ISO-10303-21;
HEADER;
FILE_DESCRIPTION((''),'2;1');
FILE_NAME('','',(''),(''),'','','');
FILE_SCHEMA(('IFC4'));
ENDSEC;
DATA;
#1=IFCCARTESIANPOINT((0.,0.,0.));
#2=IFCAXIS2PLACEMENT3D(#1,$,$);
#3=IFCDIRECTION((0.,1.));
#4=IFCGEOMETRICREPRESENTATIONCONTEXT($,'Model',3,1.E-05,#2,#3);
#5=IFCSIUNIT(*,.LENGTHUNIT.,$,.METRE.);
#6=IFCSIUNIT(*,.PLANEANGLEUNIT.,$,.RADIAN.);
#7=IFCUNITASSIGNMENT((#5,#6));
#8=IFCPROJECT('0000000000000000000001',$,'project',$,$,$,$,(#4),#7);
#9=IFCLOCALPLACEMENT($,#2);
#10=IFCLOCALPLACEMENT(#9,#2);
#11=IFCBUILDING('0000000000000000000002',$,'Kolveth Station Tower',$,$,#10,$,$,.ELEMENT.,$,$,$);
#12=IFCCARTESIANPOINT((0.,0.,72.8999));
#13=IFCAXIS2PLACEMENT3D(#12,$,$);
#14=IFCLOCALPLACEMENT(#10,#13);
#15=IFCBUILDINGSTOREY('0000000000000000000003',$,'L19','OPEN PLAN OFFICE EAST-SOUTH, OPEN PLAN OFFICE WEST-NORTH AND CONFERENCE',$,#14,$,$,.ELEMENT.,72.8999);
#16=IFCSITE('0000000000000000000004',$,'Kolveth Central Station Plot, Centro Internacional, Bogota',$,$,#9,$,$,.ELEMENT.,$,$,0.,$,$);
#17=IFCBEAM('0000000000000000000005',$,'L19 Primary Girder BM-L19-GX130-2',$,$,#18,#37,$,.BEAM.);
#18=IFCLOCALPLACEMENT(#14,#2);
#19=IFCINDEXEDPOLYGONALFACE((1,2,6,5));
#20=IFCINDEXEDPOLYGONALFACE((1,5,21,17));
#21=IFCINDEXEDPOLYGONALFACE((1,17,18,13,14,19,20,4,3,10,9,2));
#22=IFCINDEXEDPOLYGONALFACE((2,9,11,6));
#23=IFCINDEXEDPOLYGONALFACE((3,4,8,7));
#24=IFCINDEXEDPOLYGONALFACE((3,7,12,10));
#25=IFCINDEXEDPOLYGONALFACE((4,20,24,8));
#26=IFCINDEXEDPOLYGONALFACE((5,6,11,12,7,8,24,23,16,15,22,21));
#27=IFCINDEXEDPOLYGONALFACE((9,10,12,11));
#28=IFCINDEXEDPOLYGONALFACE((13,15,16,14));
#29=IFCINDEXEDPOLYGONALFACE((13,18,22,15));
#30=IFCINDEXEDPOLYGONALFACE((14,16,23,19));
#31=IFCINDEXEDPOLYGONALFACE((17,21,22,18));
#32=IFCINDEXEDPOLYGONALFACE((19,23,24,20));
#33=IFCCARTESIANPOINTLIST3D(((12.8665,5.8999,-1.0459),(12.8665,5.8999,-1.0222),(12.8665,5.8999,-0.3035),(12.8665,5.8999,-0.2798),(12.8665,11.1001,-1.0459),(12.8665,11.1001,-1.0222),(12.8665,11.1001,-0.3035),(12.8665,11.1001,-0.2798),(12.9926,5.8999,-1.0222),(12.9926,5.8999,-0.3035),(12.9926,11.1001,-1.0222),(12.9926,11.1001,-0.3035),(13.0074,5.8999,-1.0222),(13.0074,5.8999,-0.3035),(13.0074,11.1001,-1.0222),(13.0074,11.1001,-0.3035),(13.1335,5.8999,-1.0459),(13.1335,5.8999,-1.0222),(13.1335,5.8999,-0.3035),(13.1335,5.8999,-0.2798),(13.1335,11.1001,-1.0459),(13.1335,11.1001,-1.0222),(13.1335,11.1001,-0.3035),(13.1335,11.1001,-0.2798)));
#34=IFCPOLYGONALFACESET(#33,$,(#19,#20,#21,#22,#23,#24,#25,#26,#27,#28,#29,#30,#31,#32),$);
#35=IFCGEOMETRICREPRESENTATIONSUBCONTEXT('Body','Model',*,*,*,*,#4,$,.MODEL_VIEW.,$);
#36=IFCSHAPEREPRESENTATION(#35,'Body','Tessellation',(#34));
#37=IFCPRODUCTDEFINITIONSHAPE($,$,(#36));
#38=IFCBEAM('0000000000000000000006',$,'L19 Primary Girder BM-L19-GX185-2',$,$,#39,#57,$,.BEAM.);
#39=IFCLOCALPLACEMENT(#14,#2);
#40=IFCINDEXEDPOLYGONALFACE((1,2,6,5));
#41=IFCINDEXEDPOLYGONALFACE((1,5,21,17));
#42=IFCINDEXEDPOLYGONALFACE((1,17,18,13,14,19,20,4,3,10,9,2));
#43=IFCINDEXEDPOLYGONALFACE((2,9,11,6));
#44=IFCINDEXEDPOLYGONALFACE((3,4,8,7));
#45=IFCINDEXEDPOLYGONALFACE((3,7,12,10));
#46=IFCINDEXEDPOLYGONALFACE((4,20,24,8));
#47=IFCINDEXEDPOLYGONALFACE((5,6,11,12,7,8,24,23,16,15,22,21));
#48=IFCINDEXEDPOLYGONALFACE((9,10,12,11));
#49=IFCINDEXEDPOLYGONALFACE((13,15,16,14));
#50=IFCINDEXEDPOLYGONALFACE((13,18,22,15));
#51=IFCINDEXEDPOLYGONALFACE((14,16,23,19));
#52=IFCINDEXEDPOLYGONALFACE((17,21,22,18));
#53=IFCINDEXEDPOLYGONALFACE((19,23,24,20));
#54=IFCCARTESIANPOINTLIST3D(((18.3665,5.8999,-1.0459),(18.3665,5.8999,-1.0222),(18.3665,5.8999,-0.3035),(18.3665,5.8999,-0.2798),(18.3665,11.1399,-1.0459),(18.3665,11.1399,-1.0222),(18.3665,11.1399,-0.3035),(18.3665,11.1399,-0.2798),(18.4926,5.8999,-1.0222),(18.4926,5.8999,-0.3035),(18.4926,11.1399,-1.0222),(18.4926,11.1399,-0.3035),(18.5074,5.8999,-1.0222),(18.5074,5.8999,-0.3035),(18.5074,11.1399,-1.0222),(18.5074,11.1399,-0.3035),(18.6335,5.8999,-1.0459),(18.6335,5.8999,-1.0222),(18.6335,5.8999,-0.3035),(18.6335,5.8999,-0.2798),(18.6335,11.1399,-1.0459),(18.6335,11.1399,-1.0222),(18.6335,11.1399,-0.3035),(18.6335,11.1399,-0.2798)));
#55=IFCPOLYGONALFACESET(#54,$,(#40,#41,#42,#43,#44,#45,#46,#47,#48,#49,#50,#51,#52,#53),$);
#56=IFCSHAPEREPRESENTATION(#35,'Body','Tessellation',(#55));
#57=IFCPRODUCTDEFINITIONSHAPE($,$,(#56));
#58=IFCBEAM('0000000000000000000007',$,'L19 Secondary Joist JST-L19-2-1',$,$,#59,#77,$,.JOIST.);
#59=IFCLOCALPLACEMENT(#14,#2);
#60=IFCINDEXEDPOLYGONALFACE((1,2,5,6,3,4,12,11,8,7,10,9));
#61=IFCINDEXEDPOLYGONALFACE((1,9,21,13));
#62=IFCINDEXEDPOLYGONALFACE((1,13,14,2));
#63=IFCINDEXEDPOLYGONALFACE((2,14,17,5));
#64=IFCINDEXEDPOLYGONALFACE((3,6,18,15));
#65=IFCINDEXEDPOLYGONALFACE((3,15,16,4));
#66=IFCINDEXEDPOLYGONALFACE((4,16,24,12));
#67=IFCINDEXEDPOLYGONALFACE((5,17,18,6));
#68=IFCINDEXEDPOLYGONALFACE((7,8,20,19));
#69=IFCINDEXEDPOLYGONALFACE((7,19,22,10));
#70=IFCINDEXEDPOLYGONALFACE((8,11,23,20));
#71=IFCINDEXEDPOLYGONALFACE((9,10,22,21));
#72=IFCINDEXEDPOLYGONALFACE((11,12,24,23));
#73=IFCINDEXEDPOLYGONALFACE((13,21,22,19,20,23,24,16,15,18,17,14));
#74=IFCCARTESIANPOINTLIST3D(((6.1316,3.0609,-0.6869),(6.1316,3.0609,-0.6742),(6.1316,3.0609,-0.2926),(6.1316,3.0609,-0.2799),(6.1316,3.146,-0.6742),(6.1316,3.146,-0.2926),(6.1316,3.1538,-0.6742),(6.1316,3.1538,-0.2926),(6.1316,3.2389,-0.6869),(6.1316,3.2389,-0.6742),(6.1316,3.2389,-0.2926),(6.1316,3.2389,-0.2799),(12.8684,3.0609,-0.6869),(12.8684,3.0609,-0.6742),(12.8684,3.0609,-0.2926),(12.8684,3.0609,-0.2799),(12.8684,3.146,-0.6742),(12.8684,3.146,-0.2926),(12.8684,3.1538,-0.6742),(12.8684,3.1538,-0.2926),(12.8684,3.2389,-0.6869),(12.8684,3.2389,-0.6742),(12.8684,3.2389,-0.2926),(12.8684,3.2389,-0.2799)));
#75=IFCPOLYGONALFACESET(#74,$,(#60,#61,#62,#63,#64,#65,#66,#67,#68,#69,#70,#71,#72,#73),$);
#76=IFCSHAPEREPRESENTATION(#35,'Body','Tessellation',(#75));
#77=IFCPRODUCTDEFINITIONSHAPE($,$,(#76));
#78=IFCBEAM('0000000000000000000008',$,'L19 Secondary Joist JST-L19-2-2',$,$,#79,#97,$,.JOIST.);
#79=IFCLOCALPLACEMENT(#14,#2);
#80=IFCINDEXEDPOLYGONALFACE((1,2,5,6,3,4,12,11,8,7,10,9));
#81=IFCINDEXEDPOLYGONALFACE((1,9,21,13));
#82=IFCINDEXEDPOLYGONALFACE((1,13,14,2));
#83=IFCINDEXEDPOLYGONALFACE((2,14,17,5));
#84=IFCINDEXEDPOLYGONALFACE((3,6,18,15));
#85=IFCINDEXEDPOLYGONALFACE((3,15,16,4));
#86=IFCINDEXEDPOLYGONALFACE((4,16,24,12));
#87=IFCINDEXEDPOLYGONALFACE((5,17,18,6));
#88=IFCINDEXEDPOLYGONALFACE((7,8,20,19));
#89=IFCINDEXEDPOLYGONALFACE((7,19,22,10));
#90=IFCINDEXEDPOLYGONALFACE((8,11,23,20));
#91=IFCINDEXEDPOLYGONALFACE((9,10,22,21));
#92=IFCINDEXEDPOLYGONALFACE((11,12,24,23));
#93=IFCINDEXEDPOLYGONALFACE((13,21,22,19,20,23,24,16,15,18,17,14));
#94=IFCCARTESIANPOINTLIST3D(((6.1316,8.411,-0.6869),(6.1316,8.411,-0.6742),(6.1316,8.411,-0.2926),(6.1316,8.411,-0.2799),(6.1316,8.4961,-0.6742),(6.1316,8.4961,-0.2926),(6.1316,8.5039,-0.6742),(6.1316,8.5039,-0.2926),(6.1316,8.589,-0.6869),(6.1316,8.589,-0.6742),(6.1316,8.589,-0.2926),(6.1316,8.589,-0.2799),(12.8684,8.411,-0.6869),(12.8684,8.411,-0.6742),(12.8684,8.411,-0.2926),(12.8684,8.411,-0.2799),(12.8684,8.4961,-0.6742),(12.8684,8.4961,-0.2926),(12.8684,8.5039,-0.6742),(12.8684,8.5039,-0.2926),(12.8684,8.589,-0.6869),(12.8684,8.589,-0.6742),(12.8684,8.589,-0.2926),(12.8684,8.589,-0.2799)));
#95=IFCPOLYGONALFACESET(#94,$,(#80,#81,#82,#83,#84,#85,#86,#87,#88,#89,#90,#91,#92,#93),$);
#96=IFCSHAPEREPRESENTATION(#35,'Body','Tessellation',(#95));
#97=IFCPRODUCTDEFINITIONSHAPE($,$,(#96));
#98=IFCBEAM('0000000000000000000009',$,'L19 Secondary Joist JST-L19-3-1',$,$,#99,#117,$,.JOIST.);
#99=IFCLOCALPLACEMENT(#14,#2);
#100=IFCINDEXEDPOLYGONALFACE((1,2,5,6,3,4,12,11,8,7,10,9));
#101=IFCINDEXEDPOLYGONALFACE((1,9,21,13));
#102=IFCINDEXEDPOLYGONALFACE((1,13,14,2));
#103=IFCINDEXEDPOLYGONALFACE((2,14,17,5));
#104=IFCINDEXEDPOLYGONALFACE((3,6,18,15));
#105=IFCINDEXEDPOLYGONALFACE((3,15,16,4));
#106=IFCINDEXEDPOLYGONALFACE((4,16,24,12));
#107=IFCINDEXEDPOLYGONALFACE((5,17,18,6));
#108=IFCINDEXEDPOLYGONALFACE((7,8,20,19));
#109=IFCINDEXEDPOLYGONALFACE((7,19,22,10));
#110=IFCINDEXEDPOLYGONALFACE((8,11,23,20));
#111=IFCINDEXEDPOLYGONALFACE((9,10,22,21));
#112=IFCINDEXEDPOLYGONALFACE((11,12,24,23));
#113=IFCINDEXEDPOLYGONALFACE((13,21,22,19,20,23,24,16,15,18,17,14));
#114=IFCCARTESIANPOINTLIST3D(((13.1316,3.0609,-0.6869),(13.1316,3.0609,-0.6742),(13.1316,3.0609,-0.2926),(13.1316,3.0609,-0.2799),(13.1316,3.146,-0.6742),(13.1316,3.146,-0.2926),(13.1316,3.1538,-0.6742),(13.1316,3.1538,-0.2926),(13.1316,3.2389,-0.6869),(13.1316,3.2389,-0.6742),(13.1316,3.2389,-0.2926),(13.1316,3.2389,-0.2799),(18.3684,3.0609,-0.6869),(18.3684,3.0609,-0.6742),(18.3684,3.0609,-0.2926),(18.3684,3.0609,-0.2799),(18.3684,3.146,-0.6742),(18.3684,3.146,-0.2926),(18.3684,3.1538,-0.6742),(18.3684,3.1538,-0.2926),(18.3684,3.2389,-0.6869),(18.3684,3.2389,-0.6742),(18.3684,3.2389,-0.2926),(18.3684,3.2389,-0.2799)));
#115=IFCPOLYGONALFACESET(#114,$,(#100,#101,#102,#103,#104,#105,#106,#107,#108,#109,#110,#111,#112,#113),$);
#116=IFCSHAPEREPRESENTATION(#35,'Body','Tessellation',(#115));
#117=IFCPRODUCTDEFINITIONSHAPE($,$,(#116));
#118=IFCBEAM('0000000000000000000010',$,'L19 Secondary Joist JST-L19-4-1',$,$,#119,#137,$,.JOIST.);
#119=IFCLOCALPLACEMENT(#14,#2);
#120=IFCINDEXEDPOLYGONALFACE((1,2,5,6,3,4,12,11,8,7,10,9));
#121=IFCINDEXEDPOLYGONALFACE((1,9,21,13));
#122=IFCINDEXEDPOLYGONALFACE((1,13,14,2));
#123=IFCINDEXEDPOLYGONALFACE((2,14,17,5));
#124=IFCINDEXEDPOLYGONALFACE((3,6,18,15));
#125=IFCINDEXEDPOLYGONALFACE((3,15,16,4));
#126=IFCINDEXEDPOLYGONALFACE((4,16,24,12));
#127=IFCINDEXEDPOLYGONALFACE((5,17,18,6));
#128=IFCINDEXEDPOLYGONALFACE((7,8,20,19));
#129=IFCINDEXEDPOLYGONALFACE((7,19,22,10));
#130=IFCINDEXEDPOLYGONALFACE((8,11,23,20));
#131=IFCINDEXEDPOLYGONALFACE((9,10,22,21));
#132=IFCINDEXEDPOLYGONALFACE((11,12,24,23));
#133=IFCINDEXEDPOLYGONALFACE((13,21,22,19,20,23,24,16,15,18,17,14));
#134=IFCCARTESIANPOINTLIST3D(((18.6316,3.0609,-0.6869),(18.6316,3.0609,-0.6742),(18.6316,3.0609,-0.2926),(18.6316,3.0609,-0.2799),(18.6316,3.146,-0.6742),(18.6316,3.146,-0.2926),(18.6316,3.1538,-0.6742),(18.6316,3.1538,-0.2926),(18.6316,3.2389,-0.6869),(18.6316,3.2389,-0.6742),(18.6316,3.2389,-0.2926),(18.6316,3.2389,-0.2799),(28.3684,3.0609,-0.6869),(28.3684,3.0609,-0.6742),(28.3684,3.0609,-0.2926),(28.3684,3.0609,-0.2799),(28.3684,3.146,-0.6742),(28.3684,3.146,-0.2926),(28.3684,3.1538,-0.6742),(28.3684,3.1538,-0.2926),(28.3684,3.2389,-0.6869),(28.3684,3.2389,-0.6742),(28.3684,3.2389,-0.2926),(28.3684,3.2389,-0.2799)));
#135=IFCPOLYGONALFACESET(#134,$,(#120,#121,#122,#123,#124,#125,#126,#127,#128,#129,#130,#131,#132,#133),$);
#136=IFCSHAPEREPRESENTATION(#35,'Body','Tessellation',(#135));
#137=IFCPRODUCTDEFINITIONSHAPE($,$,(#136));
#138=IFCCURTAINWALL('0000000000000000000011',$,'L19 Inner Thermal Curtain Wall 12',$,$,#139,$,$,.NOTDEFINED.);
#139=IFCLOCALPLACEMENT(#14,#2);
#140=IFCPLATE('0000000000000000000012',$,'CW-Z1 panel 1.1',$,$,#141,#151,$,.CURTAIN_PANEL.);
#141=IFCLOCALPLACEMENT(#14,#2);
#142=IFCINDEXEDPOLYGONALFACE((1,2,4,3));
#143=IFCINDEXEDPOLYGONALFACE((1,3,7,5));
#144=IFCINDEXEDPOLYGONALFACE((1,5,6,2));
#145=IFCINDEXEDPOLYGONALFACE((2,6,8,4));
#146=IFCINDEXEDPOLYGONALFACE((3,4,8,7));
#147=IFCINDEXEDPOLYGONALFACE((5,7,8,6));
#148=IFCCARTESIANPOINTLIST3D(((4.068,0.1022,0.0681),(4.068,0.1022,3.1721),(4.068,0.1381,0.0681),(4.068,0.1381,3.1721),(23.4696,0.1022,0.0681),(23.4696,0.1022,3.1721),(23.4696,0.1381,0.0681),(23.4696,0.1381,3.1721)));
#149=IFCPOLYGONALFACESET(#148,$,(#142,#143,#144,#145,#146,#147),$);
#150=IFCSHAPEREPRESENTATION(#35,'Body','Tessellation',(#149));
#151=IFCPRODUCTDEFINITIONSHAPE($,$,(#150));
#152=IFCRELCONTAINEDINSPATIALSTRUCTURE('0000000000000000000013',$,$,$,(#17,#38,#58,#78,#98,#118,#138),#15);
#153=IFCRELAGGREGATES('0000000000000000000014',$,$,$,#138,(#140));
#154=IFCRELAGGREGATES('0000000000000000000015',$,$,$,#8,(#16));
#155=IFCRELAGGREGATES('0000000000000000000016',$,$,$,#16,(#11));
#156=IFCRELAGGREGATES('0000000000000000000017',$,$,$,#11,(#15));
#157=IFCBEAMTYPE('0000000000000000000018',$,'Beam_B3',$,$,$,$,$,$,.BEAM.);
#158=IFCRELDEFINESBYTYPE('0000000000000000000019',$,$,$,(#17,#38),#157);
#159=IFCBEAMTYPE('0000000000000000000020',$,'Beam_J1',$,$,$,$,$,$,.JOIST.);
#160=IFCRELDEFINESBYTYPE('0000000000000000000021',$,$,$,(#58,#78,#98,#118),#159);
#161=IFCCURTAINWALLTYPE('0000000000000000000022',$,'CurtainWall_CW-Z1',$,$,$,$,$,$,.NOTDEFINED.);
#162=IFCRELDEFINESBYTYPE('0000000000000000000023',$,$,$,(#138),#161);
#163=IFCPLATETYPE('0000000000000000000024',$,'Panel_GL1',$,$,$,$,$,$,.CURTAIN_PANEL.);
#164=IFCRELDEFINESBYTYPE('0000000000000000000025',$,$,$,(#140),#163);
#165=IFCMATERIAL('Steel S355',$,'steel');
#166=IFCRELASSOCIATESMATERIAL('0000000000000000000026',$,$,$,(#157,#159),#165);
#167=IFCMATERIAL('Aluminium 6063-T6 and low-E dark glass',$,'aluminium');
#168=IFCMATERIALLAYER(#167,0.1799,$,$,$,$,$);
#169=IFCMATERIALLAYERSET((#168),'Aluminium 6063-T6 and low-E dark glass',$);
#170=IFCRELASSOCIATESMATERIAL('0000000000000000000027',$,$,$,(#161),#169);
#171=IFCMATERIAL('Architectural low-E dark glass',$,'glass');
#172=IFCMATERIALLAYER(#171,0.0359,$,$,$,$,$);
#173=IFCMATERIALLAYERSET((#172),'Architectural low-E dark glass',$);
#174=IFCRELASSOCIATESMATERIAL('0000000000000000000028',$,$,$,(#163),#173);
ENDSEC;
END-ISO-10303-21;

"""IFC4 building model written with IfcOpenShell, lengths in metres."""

from ifc_helpers import new_model, si_unit, direction, frame, origin, origin_2d, place, context, subcontext, project, spatial, rectangle, i_section, extrude, source, transform, mapped, material, layer, layer_set, material_profile, profile_set, type_object, element, aggregate, save


model = new_model("IFC4")

# Units and contexts
model_context = context("Model", 3, precision=1e-05, world=origin(), true_north=direction((0.0, 1.0)))
body_context = subcontext(model_context, "Body", "Model", "MODEL_VIEW")
ifc_project = project(units=[si_unit("LENGTHUNIT", "METRE"), si_unit("PLANEANGLEUNIT", "RADIAN")], contexts=[model_context])

# Site, building, storey
site_placement = place(None, origin())
site = spatial("IfcSite", under=ifc_project, at=site_placement, Name="Kolveth Central Station Plot, Centro Internacional, Bogota", CompositionType="ELEMENT", RefElevation=0.0)
building_placement = place(site_placement, origin())
building = spatial("IfcBuilding", under=site, at=building_placement, Name="Kolveth Station Tower", CompositionType="ELEMENT")
storey_placement = place(building_placement, frame((0.0, 0.0, 72.8999)))
storey = spatial("IfcBuildingStorey", under=building, at=storey_placement, Name="L19", Description="OPEN PLAN OFFICE EAST-SOUTH, OPEN PLAN OFFICE WEST-NORTH AND CONFERENCE", CompositionType="ELEMENT", Elevation=72.8999)

# Shared definitions
ifc_material_1 = material(Name="Steel S355", Category="steel")

# Beams
ifc_material_profile_1 = material_profile(ifc_material_1, i_section(OverallWidth=0.2671, OverallDepth=0.7661, WebThickness=0.0149, FlangeThickness=0.0237, at=origin_2d()), Name="W760x185")
ifc_profile_set_1 = profile_set([ifc_material_profile_1], Name="Steel S355")
beam_type_1 = type_object("IfcBeamType", Name="Beam_B3", PredefinedType="BEAM", material=ifc_profile_set_1)
shared_shape_1 = source(origin(), body_context, "Body", "SweptSolid", [
    extrude(i_section(OverallWidth=0.2671, OverallDepth=0.7661, WebThickness=0.0149, FlangeThickness=0.0237, at=origin_2d()), origin(), (0.0, 0.0, 1.0), 5.2002),
])
for number, where, z_axis, x_axis, name in (
    (1, (13.0, 5.8999, -0.6628), (0.0, 1.0, 0.0), (-1.0, 0.0, 0.0), "L19 Primary Girder BM-L19-GX130-2"),
):
    element("IfcBeam", number, at=place(storey_placement, frame(where, z_axis=z_axis, x_axis=x_axis)), inside=storey, type_object=beam_type_1, Name=name, PredefinedType="BEAM", context=body_context, shape_type="MappedRepresentation", body=[
        mapped(shared_shape_1, transform((0.0, 0.0, 0.0), x_axis=(1.0, 0.0, 0.0), y_axis=(0.0, 1.0, 0.0), z_axis=(0.0, 0.0, 1.0), scale=1.0)),
    ])
shared_shape_2 = source(origin(), body_context, "Body", "SweptSolid", [
    extrude(i_section(OverallWidth=0.2671, OverallDepth=0.7661, WebThickness=0.0149, FlangeThickness=0.0237, at=origin_2d()), origin(), (0.0, 0.0, 1.0), 5.24),
])
beam_1_placement = place(storey_placement, frame((18.5, 5.8999, -0.6628), z_axis=(0.0, 1.0, 0.0), x_axis=(-1.0, 0.0, 0.0)))
element("IfcBeam", 2, at=beam_1_placement, inside=storey, type_object=beam_type_1, Name="L19 Primary Girder BM-L19-GX185-2", PredefinedType="BEAM", context=body_context, shape_type="MappedRepresentation", body=[
    mapped(shared_shape_2, transform((0.0, 0.0, 0.0), x_axis=(1.0, 0.0, 0.0), y_axis=(0.0, 1.0, 0.0), z_axis=(0.0, 0.0, 1.0), scale=1.0)),
])
ifc_material_profile_2 = material_profile(ifc_material_1, i_section(OverallWidth=0.178, OverallDepth=0.407, WebThickness=0.0078, FlangeThickness=0.0127, at=origin_2d()), Name="W410x60")
ifc_profile_set_2 = profile_set([ifc_material_profile_2], Name="Steel S355")
beam_type_2 = type_object("IfcBeamType", Name="Beam_J1", PredefinedType="JOIST", material=ifc_profile_set_2)
shared_shape_3 = source(origin(), body_context, "Body", "SweptSolid", [
    extrude(i_section(OverallWidth=0.178, OverallDepth=0.407, WebThickness=0.0078, FlangeThickness=0.0127, at=origin_2d()), origin(), (0.0, 0.0, 1.0), 6.7368),
])
for number, where, z_axis, x_axis, name in (
    (3, (6.1316, 3.1499, -0.4834), (1.0, 0.0, 0.0), (0.0, 1.0, 0.0), "L19 Secondary Joist JST-L19-2-1"),
    (4, (6.1316, 8.5, -0.4834), (1.0, 0.0, 0.0), (0.0, 1.0, 0.0), "L19 Secondary Joist JST-L19-2-2"),
):
    element("IfcBeam", number, at=place(storey_placement, frame(where, z_axis=z_axis, x_axis=x_axis)), inside=storey, type_object=beam_type_2, Name=name, PredefinedType="JOIST", context=body_context, shape_type="MappedRepresentation", body=[
        mapped(shared_shape_3, transform((0.0, 0.0, 0.0), x_axis=(1.0, 0.0, 0.0), y_axis=(0.0, 1.0, 0.0), z_axis=(0.0, 0.0, 1.0), scale=1.0)),
    ])
shared_shape_4 = source(origin(), body_context, "Body", "SweptSolid", [
    extrude(i_section(OverallWidth=0.178, OverallDepth=0.407, WebThickness=0.0078, FlangeThickness=0.0127, at=origin_2d()), origin(), (0.0, 0.0, 1.0), 5.2368),
])
beam_2_placement = place(storey_placement, frame((13.1316, 3.1499, -0.4834), z_axis=(1.0, 0.0, 0.0), x_axis=(0.0, 1.0, 0.0)))
element("IfcBeam", 5, at=beam_2_placement, inside=storey, type_object=beam_type_2, Name="L19 Secondary Joist JST-L19-3-1", PredefinedType="JOIST", context=body_context, shape_type="MappedRepresentation", body=[
    mapped(shared_shape_4, transform((0.0, 0.0, 0.0), x_axis=(1.0, 0.0, 0.0), y_axis=(0.0, 1.0, 0.0), z_axis=(0.0, 0.0, 1.0), scale=1.0)),
])
shared_shape_5 = source(origin(), body_context, "Body", "SweptSolid", [
    extrude(i_section(OverallWidth=0.178, OverallDepth=0.407, WebThickness=0.0078, FlangeThickness=0.0127, at=origin_2d()), origin(), (0.0, 0.0, 1.0), 9.7368),
])
beam_3_placement = place(storey_placement, frame((18.6316, 3.1499, -0.4834), z_axis=(1.0, 0.0, 0.0), x_axis=(0.0, 1.0, 0.0)))
element("IfcBeam", 6, at=beam_3_placement, inside=storey, type_object=beam_type_2, Name="L19 Secondary Joist JST-L19-4-1", PredefinedType="JOIST", context=body_context, shape_type="MappedRepresentation", body=[
    mapped(shared_shape_5, transform((0.0, 0.0, 0.0), x_axis=(1.0, 0.0, 0.0), y_axis=(0.0, 1.0, 0.0), z_axis=(0.0, 0.0, 1.0), scale=1.0)),
])

# Curtain wall, plate
ifc_material_2 = material(Name="Aluminium 6063-T6 and low-E dark glass", Category="aluminium")
ifc_layer_1 = layer(ifc_material_2, 0.1799)
ifc_layer_set_1 = layer_set([ifc_layer_1], Name="Aluminium 6063-T6 and low-E dark glass")
curtain_wall_type = type_object("IfcCurtainWallType", Name="CurtainWall_CW-Z1", PredefinedType="NOTDEFINED", material=ifc_layer_set_1)
curtain_wall_placement = place(storey_placement, origin())
curtain_wall = element("IfcCurtainWall", 7, at=curtain_wall_placement, inside=storey, type_object=curtain_wall_type, Name="L19 Inner Thermal Curtain Wall 12", PredefinedType="NOTDEFINED")
ifc_material_3 = material(Name="Architectural low-E dark glass", Category="glass")
ifc_layer_2 = layer(ifc_material_3, 0.0359)
ifc_layer_set_2 = layer_set([ifc_layer_2], Name="Architectural low-E dark glass")
plate_type = type_object("IfcPlateType", Name="Panel_GL1", PredefinedType="CURTAIN_PANEL", material=ifc_layer_set_2)
shared_shape_6 = source(origin(), body_context, "Body", "SweptSolid", [
    extrude(rectangle(XDim=19.4016, YDim=0.0359, at=origin_2d()), origin(), (0.0, 0.0, 1.0), 3.104),
])
plate_placement = place(storey_placement, frame((13.7688, 0.1201, 0.0681), z_axis=(0.0, 0.0, 1.0), x_axis=(1.0, 0.0, 0.0)))
plate = element("IfcPlate", 8, at=plate_placement, type_object=plate_type, Name="CW-Z1 panel 1.1", PredefinedType="CURTAIN_PANEL", context=body_context, shape_type="MappedRepresentation", body=[
    mapped(shared_shape_6, transform((0.0, 0.0, 0.0), x_axis=(1.0, 0.0, 0.0), y_axis=(0.0, 1.0, 0.0), z_axis=(0.0, 0.0, 1.0), scale=1.0)),
])
aggregate(curtain_wall, [plate])

save(model, "model.ifc")
